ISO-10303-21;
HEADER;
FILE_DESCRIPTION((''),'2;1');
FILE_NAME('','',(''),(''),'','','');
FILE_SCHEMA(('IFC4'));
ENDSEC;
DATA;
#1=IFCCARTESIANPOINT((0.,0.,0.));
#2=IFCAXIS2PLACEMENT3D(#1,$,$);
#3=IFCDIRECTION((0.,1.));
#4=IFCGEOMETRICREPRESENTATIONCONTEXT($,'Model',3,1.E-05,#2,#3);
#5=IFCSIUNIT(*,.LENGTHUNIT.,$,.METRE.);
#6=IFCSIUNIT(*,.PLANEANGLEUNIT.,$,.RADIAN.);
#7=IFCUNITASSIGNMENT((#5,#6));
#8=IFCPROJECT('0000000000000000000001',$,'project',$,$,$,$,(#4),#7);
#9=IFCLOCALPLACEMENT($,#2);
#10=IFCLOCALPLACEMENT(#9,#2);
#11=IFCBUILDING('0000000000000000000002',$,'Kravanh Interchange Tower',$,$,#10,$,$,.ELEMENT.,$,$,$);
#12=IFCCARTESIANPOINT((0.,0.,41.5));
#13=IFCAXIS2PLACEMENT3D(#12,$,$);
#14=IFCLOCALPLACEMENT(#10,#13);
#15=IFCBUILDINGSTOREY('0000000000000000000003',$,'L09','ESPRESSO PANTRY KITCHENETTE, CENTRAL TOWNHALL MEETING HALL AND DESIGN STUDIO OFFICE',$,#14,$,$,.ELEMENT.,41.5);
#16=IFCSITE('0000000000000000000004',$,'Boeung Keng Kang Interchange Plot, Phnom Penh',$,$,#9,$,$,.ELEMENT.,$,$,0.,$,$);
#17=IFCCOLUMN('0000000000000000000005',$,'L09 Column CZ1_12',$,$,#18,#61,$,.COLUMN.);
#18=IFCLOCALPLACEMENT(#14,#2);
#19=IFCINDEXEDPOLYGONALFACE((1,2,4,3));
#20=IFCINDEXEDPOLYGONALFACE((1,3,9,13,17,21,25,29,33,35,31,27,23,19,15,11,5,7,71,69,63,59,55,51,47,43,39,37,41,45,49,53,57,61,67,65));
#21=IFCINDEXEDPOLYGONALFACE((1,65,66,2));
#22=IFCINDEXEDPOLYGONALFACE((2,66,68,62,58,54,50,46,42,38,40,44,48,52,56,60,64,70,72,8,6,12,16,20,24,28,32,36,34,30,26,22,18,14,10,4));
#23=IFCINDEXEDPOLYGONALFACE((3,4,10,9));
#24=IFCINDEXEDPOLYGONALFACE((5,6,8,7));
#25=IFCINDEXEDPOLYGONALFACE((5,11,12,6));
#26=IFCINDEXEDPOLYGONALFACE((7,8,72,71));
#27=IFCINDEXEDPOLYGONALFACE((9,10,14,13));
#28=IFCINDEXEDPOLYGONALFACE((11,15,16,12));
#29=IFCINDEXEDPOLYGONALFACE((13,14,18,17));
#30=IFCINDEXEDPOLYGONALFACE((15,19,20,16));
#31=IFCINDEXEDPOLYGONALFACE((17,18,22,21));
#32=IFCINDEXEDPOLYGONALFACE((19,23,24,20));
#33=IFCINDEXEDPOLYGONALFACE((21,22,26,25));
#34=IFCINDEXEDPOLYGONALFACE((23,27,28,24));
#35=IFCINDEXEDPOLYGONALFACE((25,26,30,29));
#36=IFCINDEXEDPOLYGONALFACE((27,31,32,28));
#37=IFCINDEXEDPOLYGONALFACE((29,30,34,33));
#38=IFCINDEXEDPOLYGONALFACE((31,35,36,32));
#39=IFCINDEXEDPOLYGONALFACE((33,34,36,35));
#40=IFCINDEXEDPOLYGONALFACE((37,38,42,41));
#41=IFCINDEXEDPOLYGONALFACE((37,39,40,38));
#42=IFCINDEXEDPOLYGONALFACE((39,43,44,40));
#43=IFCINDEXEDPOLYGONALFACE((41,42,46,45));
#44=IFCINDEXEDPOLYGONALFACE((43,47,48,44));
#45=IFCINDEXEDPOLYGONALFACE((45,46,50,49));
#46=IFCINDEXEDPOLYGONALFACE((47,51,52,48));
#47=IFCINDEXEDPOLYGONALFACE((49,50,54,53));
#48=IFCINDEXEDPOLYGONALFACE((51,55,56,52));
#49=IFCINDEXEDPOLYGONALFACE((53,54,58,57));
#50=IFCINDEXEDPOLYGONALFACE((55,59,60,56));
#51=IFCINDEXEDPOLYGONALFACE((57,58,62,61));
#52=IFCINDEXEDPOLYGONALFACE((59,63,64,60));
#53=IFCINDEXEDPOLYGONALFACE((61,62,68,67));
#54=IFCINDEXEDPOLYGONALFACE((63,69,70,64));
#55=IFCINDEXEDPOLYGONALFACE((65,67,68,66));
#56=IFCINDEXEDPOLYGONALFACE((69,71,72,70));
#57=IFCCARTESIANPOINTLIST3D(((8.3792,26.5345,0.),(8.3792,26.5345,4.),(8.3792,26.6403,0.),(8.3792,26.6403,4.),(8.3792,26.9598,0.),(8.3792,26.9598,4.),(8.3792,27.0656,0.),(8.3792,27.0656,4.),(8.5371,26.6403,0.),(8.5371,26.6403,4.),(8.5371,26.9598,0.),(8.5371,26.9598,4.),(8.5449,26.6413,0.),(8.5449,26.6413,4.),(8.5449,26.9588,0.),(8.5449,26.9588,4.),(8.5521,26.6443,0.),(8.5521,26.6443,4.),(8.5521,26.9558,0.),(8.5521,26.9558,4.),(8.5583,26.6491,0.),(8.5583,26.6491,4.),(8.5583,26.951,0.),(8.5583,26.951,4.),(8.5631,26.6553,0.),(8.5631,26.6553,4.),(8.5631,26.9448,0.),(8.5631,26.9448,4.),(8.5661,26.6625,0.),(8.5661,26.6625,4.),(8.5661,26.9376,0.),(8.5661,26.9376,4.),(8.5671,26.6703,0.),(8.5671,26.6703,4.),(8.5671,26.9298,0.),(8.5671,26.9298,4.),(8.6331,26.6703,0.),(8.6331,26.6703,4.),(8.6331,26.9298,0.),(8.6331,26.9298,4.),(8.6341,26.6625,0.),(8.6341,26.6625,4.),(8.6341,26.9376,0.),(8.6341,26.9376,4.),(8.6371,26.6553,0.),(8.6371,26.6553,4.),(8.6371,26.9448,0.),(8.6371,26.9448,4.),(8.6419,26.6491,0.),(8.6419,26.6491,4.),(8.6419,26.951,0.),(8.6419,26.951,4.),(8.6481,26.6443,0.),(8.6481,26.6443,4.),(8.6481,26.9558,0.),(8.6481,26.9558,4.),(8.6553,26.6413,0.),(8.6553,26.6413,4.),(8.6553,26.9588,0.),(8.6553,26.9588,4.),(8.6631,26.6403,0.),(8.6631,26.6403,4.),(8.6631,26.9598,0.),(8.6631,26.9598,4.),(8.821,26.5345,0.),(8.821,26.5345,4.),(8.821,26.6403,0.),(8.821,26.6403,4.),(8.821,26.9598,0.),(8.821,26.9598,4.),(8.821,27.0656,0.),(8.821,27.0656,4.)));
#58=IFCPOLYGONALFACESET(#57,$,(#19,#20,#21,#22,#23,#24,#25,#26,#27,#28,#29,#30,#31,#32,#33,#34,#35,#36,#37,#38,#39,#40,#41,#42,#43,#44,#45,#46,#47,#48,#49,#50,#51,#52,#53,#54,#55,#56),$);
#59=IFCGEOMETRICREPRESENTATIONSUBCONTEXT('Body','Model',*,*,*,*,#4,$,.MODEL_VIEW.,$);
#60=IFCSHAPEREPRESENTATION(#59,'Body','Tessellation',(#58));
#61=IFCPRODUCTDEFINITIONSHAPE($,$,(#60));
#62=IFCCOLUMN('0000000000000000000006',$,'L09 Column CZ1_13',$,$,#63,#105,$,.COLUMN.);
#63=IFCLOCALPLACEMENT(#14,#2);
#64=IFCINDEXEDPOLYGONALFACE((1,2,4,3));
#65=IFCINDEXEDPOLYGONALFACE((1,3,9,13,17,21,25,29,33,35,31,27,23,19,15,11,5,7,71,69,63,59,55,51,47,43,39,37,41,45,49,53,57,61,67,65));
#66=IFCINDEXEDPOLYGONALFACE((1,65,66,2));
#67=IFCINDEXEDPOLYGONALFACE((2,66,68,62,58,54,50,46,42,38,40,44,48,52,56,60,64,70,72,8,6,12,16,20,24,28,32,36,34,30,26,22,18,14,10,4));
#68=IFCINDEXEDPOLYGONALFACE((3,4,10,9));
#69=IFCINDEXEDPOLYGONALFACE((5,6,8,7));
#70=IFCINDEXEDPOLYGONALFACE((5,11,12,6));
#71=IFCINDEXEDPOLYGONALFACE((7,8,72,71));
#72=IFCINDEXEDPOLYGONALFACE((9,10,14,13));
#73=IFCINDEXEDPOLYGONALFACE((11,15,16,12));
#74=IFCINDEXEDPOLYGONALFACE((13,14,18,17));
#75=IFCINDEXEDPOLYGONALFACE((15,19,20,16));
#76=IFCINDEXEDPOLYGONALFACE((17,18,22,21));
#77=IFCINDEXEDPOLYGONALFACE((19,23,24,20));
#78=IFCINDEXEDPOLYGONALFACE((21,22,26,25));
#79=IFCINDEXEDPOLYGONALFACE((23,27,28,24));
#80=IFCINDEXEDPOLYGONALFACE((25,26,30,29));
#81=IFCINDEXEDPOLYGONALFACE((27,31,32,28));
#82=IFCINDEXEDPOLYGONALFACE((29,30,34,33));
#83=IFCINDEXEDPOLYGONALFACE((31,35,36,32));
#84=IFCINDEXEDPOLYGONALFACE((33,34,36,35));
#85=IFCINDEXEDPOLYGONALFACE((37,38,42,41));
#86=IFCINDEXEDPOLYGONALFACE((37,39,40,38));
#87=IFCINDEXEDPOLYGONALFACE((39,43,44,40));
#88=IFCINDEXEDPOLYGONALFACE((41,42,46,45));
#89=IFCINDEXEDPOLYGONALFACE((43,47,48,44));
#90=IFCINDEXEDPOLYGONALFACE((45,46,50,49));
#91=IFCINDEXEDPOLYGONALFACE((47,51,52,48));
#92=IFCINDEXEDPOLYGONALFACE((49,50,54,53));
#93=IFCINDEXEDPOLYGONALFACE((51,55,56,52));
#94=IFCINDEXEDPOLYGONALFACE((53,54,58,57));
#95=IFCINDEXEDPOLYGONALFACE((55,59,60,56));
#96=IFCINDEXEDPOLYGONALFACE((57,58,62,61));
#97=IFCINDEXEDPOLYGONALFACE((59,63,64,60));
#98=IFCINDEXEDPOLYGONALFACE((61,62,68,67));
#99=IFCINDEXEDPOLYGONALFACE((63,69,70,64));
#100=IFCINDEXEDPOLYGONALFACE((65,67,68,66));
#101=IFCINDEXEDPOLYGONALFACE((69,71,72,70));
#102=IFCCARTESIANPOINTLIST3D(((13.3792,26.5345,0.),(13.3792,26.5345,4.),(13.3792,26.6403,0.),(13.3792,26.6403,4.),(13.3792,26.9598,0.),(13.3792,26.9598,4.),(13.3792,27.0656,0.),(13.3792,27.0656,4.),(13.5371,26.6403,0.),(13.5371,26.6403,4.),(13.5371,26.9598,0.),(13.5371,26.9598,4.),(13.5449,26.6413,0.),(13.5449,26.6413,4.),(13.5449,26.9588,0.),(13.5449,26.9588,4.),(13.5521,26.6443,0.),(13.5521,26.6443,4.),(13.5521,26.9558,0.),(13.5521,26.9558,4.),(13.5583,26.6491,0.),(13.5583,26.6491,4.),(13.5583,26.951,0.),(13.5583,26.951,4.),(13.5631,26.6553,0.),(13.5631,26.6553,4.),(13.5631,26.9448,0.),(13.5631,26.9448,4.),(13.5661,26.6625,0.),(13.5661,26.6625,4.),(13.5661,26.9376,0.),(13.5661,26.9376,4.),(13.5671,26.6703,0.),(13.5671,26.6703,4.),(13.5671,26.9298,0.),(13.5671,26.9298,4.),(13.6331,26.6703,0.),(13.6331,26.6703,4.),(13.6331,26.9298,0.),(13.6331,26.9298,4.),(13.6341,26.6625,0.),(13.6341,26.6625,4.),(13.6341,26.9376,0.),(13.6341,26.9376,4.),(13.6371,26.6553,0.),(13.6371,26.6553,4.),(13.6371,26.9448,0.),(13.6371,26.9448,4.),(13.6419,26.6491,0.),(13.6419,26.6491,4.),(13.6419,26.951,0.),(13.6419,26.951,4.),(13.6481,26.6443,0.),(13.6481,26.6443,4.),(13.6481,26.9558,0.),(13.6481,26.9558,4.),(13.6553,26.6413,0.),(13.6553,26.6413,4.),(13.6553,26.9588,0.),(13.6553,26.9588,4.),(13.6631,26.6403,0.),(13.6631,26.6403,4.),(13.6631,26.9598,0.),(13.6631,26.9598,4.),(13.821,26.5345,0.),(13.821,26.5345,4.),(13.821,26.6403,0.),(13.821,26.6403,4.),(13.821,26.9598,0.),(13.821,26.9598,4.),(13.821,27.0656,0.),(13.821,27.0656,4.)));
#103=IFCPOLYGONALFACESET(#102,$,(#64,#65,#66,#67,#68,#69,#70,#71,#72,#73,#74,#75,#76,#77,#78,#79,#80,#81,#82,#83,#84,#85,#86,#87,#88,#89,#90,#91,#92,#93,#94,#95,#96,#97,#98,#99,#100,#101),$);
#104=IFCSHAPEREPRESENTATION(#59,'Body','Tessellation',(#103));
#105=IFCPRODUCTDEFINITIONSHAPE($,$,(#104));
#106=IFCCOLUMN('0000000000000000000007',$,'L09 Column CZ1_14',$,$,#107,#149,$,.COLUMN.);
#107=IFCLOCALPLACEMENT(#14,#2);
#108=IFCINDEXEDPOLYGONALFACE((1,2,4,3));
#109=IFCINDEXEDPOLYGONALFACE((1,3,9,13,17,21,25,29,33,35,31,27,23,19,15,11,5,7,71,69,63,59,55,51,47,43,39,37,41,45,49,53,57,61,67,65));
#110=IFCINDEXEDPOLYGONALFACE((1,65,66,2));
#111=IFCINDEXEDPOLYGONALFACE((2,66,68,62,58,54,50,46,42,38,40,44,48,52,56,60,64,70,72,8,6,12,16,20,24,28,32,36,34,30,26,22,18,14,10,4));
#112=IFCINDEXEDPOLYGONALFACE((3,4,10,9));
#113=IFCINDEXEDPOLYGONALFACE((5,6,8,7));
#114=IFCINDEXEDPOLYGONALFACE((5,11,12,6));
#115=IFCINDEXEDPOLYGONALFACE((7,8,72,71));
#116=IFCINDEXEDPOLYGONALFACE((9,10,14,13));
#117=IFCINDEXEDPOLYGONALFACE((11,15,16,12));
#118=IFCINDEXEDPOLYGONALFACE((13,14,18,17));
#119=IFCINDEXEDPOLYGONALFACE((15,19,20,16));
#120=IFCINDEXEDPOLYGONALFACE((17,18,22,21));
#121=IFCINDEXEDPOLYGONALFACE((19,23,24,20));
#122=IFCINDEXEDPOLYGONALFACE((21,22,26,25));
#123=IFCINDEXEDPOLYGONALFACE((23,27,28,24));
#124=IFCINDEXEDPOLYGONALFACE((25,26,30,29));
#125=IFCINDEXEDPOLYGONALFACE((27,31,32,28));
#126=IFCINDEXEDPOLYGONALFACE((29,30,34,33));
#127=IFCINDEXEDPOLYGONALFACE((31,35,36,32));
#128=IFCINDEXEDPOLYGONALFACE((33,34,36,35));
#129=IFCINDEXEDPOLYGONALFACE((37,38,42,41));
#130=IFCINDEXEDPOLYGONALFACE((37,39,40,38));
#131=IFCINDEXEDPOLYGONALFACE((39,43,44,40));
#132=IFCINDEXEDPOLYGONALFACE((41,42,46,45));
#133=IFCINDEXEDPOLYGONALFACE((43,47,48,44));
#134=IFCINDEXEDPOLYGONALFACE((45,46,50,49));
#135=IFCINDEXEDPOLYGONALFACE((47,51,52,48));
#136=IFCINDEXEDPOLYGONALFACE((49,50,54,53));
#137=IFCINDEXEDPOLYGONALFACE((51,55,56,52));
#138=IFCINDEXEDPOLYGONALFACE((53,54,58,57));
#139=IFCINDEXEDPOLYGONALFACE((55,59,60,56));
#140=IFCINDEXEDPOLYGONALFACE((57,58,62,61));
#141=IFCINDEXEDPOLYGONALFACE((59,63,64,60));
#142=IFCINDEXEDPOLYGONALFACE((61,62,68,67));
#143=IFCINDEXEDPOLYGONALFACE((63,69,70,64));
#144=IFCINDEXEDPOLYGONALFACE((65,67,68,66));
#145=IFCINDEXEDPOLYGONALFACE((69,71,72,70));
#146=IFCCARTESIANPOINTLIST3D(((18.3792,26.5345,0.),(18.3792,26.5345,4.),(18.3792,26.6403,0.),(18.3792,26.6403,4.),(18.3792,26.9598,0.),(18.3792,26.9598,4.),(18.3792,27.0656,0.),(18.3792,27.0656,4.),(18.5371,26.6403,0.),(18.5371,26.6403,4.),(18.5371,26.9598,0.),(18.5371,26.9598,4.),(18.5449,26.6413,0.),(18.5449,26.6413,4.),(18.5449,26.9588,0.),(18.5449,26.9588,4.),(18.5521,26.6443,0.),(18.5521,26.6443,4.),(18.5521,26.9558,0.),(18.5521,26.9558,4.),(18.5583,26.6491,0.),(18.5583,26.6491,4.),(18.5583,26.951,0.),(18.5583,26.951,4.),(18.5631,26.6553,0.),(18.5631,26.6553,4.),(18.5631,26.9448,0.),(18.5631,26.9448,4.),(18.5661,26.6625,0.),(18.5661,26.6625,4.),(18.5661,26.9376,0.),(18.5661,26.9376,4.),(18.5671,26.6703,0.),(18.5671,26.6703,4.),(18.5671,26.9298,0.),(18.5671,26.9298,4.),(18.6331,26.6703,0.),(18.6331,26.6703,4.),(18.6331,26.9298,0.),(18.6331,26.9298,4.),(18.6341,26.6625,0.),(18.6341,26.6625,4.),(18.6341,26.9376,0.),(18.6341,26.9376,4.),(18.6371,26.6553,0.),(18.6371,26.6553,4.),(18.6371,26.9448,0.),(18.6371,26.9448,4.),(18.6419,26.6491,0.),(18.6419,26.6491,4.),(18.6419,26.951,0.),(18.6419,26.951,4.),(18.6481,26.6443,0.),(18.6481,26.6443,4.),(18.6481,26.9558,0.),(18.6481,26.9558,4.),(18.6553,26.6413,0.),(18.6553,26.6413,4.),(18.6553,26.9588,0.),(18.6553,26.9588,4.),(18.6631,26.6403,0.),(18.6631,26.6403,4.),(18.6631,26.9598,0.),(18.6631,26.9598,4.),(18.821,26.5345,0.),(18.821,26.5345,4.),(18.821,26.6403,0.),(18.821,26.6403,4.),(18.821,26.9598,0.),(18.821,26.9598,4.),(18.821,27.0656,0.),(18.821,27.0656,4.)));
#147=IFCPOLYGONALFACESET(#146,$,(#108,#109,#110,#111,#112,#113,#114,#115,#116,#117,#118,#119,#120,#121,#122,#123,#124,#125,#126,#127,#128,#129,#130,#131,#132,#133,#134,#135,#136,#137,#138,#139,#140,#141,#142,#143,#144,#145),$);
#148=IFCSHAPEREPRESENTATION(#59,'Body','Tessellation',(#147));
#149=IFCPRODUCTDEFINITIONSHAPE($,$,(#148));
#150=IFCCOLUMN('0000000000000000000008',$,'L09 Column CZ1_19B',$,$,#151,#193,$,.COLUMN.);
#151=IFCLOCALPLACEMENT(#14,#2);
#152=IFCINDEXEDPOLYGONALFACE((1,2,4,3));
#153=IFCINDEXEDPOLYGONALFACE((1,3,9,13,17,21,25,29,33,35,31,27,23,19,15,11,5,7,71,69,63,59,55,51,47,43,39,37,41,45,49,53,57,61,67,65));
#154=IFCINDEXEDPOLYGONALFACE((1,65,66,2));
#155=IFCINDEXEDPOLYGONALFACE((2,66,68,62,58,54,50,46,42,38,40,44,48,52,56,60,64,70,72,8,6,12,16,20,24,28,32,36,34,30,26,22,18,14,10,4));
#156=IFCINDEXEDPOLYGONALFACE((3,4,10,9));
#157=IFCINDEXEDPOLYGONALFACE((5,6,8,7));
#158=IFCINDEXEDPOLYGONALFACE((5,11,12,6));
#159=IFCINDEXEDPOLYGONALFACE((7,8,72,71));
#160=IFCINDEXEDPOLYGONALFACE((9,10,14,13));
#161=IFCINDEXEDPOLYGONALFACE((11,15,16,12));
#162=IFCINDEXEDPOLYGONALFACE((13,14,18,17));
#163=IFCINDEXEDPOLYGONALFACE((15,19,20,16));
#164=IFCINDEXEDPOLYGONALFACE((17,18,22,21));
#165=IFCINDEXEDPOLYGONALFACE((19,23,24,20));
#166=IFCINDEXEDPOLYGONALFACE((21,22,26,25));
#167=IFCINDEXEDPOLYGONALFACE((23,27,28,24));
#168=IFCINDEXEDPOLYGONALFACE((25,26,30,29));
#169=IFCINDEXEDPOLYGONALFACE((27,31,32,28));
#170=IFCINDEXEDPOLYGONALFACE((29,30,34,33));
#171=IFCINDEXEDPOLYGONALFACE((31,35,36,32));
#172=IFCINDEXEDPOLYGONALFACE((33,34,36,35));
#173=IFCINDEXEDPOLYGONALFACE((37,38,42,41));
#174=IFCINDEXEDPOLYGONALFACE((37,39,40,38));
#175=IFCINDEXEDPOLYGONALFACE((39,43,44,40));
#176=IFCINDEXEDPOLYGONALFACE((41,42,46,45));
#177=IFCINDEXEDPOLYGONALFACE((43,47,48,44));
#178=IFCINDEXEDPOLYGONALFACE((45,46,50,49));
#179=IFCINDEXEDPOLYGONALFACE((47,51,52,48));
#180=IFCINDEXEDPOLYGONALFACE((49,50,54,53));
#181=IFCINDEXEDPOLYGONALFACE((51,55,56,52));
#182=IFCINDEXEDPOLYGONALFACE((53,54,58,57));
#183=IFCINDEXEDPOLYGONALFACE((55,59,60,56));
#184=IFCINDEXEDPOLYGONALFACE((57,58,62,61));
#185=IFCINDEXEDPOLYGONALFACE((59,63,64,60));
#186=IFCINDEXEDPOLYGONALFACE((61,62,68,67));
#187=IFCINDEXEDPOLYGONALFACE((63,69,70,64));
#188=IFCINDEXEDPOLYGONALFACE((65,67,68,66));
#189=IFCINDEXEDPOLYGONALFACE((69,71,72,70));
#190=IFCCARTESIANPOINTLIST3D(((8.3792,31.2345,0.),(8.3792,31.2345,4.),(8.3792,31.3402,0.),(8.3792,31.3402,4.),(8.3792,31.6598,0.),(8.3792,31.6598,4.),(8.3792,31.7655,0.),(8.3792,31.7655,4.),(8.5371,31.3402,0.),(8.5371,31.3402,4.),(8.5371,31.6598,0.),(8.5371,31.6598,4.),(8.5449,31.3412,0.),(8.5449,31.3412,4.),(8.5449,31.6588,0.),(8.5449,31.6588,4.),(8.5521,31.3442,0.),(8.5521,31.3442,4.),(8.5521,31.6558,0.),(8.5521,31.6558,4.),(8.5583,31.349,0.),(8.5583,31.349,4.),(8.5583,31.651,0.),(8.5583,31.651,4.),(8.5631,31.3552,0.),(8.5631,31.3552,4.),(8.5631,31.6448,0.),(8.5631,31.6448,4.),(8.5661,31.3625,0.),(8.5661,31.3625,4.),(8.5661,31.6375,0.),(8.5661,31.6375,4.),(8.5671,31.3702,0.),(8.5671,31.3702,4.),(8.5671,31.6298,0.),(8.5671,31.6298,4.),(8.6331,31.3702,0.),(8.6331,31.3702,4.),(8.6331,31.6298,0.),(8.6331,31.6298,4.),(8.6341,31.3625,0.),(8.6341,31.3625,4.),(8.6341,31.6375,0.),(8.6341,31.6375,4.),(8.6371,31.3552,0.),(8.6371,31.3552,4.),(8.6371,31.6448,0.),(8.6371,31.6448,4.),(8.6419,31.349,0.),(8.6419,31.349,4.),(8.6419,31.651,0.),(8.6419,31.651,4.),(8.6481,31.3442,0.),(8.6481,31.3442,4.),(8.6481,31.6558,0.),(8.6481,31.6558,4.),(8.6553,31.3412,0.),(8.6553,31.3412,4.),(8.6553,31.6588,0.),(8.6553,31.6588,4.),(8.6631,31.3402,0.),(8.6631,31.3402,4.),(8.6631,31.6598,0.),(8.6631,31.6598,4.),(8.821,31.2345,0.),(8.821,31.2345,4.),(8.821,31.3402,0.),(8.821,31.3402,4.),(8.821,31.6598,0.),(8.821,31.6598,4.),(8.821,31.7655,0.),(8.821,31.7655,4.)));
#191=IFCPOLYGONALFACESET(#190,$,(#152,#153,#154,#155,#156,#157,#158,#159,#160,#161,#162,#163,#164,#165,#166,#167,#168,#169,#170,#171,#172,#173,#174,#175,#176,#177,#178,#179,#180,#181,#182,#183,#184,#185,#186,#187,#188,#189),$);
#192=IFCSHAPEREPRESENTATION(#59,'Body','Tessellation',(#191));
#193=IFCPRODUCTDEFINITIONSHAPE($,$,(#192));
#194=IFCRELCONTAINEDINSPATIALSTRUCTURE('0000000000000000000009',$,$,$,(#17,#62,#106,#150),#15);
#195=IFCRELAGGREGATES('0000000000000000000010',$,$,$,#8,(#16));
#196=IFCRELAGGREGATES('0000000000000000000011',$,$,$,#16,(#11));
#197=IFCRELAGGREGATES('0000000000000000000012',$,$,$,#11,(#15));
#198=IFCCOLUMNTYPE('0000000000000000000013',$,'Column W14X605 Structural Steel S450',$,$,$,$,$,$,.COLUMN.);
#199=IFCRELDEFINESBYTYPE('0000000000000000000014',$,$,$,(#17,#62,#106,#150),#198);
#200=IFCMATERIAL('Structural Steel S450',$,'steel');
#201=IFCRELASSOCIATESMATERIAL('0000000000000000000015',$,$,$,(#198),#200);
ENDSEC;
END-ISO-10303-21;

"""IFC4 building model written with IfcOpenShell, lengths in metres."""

from ifc_helpers import new_model, si_unit, direction, frame, origin, origin_2d, place, context, subcontext, project, spatial, i_section, extrude, material, material_profile, profile_set, type_object, element, save


model = new_model("IFC4")

# Units and contexts
model_context = context("Model", 3, precision=1e-05, world=origin(), true_north=direction((0.0, 1.0)))
body_context = subcontext(model_context, "Body", "Model", "MODEL_VIEW")
ifc_project = project(units=[si_unit("LENGTHUNIT", "METRE"), si_unit("PLANEANGLEUNIT", "RADIAN")], contexts=[model_context])

# Site, building, storey
site_placement = place(None, origin())
site = spatial("IfcSite", under=ifc_project, at=site_placement, Name="Boeung Keng Kang Interchange Plot, Phnom Penh", CompositionType="ELEMENT", RefElevation=0.0)
building_placement = place(site_placement, origin())
building = spatial("IfcBuilding", under=site, at=building_placement, Name="Kravanh Interchange Tower", CompositionType="ELEMENT")
storey_placement = place(building_placement, frame((0.0, 0.0, 41.5)))
storey = spatial("IfcBuildingStorey", under=building, at=storey_placement, Name="L09", Description="ESPRESSO PANTRY KITCHENETTE, CENTRAL TOWNHALL MEETING HALL AND DESIGN STUDIO OFFICE", CompositionType="ELEMENT", Elevation=41.5)

# Columns
ifc_material_1 = material(Name="Structural Steel S450", Category="steel")
ifc_material_profile_1 = material_profile(ifc_material_1, i_section(OverallWidth=0.4419, OverallDepth=0.531, WebThickness=0.0659, FlangeThickness=0.1057, FilletRadius=0.03, at=origin_2d()), Name="W14X605")
ifc_profile_set_1 = profile_set([ifc_material_profile_1], Name="Structural Steel S450")
column_type = type_object("IfcColumnType", Name="Column W14X605 Structural Steel S450", PredefinedType="COLUMN", material=ifc_profile_set_1)
for number, where, z_axis, x_axis, name in (
    (1, (8.6001, 26.8, 0.0), (0.0, 0.0, 1.0), (1.0, 0.0, 0.0), "L09 Column CZ1_12"),
    (2, (13.6001, 26.8, 0.0), (0.0, 0.0, 1.0), (1.0, 0.0, 0.0), "L09 Column CZ1_13"),
    (3, (18.6001, 26.8, 0.0), (0.0, 0.0, 1.0), (1.0, 0.0, 0.0), "L09 Column CZ1_14"),
    (4, (8.6001, 31.5, 0.0), (0.0, 0.0, 1.0), (1.0, 0.0, 0.0), "L09 Column CZ1_19B"),
):
    element("IfcColumn", number, at=place(storey_placement, frame(where, z_axis=z_axis, x_axis=x_axis)), inside=storey, type_object=column_type, Name=name, PredefinedType="COLUMN", context=body_context, shape_type="SweptSolid", body=[
        extrude(i_section(OverallWidth=0.4419, OverallDepth=0.531, WebThickness=0.0659, FlangeThickness=0.1057, FilletRadius=0.03, at=origin_2d()), origin(), (0.0, 0.0, 1.0), 4.0),
    ])

save(model, "model.ifc")
